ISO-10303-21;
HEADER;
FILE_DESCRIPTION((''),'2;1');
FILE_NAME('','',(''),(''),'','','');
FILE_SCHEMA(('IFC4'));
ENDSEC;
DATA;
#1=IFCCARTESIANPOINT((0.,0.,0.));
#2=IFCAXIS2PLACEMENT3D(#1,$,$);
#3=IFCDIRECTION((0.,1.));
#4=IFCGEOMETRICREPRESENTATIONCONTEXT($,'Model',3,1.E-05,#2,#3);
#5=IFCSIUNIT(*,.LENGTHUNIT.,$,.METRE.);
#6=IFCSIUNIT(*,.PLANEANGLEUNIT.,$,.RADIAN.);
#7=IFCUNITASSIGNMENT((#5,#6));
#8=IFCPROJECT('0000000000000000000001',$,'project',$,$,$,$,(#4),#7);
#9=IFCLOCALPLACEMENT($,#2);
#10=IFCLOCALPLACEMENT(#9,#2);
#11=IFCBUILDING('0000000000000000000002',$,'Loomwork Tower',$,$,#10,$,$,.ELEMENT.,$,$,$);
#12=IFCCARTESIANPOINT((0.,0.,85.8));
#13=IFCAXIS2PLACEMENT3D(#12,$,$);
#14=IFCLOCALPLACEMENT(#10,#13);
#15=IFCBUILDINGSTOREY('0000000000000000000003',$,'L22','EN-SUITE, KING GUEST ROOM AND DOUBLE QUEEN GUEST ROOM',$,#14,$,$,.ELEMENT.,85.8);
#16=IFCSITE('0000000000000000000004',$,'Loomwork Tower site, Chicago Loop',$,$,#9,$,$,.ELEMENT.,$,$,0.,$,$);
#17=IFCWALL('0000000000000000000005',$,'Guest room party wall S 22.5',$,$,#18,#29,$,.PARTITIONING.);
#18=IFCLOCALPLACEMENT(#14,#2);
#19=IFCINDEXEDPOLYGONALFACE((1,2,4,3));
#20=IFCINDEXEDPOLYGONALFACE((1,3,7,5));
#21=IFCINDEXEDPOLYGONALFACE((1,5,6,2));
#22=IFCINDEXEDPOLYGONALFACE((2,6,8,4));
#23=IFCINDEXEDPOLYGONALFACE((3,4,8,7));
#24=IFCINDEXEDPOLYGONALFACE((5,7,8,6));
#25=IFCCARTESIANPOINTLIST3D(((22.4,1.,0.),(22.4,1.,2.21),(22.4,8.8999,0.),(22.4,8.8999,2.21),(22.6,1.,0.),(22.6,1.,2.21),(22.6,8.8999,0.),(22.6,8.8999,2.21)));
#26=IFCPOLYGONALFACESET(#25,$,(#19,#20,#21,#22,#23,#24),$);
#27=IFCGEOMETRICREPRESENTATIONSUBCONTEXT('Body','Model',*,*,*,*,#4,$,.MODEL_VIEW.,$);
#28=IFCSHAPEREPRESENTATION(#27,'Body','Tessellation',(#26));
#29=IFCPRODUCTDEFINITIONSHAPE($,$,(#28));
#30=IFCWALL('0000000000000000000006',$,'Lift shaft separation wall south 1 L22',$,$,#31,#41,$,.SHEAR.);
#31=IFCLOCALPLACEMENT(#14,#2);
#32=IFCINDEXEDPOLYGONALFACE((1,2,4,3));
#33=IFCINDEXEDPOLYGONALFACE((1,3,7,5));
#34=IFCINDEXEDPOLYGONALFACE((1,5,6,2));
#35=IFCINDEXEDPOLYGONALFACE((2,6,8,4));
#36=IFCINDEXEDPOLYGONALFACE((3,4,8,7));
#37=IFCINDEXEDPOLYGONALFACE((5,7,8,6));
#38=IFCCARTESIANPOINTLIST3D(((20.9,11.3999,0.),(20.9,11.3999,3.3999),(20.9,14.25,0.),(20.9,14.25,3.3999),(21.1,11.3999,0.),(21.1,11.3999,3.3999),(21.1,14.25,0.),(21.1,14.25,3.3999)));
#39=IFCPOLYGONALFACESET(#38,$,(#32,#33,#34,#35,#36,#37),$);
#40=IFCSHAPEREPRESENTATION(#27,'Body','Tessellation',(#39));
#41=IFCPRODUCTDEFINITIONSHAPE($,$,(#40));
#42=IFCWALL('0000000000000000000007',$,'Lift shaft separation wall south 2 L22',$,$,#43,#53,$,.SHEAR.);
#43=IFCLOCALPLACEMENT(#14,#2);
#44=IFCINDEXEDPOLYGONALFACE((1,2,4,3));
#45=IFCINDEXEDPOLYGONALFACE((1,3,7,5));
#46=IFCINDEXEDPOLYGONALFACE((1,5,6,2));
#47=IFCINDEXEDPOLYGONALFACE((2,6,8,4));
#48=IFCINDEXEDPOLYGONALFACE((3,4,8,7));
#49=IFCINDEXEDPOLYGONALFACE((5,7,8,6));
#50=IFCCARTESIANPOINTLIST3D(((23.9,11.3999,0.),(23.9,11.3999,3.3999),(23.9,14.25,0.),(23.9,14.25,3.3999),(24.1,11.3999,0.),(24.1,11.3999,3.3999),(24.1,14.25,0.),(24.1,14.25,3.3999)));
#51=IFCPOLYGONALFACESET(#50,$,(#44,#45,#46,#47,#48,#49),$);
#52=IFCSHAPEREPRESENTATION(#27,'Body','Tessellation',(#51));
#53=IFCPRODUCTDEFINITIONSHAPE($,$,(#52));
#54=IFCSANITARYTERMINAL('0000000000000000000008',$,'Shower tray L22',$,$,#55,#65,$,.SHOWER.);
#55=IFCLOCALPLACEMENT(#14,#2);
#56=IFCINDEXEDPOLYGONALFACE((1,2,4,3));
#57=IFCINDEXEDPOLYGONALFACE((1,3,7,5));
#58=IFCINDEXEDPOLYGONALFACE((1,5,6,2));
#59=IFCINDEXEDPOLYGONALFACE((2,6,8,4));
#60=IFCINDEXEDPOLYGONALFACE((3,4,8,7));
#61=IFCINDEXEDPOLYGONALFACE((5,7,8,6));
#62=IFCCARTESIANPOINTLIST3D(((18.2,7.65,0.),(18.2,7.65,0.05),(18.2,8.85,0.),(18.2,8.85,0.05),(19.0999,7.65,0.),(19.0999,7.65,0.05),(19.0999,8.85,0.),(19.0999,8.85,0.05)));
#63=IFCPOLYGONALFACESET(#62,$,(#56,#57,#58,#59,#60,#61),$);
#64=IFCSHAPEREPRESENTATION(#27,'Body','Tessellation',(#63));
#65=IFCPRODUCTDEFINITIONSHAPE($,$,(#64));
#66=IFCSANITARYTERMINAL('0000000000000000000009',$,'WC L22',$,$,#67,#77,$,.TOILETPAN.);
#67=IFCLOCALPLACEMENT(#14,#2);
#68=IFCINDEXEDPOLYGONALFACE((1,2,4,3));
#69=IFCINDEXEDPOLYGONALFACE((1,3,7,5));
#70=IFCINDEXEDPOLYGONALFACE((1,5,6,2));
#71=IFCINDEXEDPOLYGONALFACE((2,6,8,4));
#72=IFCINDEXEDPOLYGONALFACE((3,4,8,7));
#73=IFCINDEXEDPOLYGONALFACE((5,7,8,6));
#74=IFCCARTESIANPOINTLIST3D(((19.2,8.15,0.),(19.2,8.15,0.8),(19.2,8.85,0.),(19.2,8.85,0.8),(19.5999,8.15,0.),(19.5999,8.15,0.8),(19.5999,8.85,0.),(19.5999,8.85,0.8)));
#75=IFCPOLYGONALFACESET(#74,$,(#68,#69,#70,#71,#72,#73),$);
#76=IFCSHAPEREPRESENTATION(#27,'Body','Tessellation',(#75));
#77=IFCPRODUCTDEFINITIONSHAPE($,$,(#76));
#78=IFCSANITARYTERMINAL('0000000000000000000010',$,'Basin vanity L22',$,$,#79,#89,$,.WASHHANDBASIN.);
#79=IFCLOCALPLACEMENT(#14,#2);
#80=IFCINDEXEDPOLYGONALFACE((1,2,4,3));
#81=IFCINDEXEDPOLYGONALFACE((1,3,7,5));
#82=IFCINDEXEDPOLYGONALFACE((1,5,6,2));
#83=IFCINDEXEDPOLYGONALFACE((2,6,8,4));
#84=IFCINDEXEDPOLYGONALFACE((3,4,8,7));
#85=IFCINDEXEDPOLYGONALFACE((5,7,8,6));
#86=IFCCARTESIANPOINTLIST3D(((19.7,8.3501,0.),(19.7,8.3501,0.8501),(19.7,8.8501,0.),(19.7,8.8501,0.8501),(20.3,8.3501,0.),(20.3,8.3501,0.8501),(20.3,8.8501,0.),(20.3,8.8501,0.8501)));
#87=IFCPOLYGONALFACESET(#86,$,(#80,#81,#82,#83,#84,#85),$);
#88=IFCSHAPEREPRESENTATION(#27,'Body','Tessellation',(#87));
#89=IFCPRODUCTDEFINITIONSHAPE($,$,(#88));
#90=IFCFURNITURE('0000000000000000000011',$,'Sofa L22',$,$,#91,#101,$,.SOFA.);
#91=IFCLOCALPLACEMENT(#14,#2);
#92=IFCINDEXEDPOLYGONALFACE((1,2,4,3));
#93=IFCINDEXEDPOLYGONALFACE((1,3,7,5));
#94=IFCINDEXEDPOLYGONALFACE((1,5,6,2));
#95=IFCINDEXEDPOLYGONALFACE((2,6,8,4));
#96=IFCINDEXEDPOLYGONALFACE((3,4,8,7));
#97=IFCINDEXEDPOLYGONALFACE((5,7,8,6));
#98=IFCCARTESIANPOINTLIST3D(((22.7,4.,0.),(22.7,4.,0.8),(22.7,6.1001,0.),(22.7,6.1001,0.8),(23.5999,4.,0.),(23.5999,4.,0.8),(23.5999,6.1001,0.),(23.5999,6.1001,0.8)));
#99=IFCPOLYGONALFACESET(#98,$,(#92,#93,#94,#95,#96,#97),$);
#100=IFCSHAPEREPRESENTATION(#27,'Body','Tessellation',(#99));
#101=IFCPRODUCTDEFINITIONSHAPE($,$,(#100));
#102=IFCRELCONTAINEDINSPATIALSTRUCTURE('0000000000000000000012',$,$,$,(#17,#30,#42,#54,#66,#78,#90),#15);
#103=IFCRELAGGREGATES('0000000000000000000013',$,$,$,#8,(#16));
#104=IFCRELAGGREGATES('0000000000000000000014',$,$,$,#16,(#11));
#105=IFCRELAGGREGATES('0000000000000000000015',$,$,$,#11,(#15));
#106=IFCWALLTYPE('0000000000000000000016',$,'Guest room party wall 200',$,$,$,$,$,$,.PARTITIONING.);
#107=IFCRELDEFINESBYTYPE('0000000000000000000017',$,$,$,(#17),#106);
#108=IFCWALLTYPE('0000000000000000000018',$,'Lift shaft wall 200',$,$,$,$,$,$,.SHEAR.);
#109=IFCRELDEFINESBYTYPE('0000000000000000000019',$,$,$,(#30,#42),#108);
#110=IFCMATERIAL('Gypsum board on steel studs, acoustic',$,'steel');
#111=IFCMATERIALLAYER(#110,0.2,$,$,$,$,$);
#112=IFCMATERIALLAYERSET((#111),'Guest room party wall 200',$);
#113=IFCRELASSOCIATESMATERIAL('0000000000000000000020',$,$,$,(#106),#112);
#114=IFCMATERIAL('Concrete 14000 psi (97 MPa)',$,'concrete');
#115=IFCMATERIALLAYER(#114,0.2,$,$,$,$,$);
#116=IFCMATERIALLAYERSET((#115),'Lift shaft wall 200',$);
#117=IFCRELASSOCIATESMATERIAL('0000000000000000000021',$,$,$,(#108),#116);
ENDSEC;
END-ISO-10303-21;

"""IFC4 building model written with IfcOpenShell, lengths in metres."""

from ifc_helpers import new_model, si_unit, direction, frame, frame_2d, origin, origin_2d, place, context, subcontext, project, spatial, rectangle, extrude, material, layer, layer_set, type_object, element, save


model = new_model("IFC4")

# Units and contexts
model_context = context("Model", 3, precision=1e-05, world=origin(), true_north=direction((0.0, 1.0)))
body_context = subcontext(model_context, "Body", "Model", "MODEL_VIEW")
ifc_project = project(units=[si_unit("LENGTHUNIT", "METRE"), si_unit("PLANEANGLEUNIT", "RADIAN")], contexts=[model_context])

# Site, building, storey
site_placement = place(None, origin())
site = spatial("IfcSite", under=ifc_project, at=site_placement, Name="Loomwork Tower site, Chicago Loop", CompositionType="ELEMENT", RefElevation=0.0)
building_placement = place(site_placement, origin())
building = spatial("IfcBuilding", under=site, at=building_placement, Name="Loomwork Tower", CompositionType="ELEMENT")
storey_placement = place(building_placement, frame((0.0, 0.0, 85.8)))
storey = spatial("IfcBuildingStorey", under=building, at=storey_placement, Name="L22", Description="EN-SUITE, KING GUEST ROOM AND DOUBLE QUEEN GUEST ROOM", CompositionType="ELEMENT", Elevation=85.8)

# Walls
ifc_material_1 = material(Name="Gypsum board on steel studs, acoustic", Category="steel")
ifc_layer_1 = layer(ifc_material_1, 0.2)
ifc_layer_set_1 = layer_set([ifc_layer_1], Name="Guest room party wall 200")
wall_type_1 = type_object("IfcWallType", Name="Guest room party wall 200", PredefinedType="PARTITIONING", material=ifc_layer_set_1)
wall_1_placement = place(storey_placement, frame((22.5, 8.8999, 0.0), z_axis=(0.0, 0.0, 1.0), x_axis=(0.0, -1.0, 0.0)))
element("IfcWall", 1, at=wall_1_placement, inside=storey, type_object=wall_type_1, Name="Guest room party wall S 22.5", PredefinedType="PARTITIONING", context=body_context, shape_type="SweptSolid", body=[
    extrude(rectangle(XDim=7.8999, YDim=0.2, at=frame_2d((3.95, 0.0))), origin(), (0.0, 0.0, 1.0), 2.21),
])
ifc_material_2 = material(Name="Concrete 14000 psi (97 MPa)", Category="concrete")
ifc_layer_2 = layer(ifc_material_2, 0.2)
ifc_layer_set_2 = layer_set([ifc_layer_2], Name="Lift shaft wall 200")
wall_type_2 = type_object("IfcWallType", Name="Lift shaft wall 200", PredefinedType="SHEAR", material=ifc_layer_set_2)
for number, where, z_axis, x_axis, name in (
    (2, (21.0, 11.3999, 0.0), (0.0, 0.0, 1.0), (0.0, 1.0, 0.0), "Lift shaft separation wall south 1 L22"),
    (3, (24.0, 11.3999, 0.0), (0.0, 0.0, 1.0), (0.0, 1.0, 0.0), "Lift shaft separation wall south 2 L22"),
):
    element("IfcWall", number, at=place(storey_placement, frame(where, z_axis=z_axis, x_axis=x_axis)), inside=storey, type_object=wall_type_2, Name=name, PredefinedType="SHEAR", context=body_context, shape_type="SweptSolid", body=[
        extrude(rectangle(XDim=2.8501, YDim=0.2, at=frame_2d((1.425, 0.0))), origin(), (0.0, 0.0, 1.0), 3.3999),
    ])

# Sanitary terminals
sanitary_terminal_1_placement = place(storey_placement, frame((18.6499, 8.25, 0.0), z_axis=(0.0, 0.0, 1.0), x_axis=(1.0, 0.0, 0.0)))
element("IfcSanitaryTerminal", 4, at=sanitary_terminal_1_placement, inside=storey, Name="Shower tray L22", PredefinedType="SHOWER", context=body_context, shape_type="SweptSolid", body=[
    extrude(rectangle(XDim=0.8999, YDim=1.2, at=origin_2d()), origin(), (0.0, 0.0, 1.0), 0.05),
])
sanitary_terminal_2_placement = place(storey_placement, frame((19.3999, 8.5, 0.0), z_axis=(0.0, 0.0, 1.0), x_axis=(1.0, 0.0, 0.0)))
element("IfcSanitaryTerminal", 5, at=sanitary_terminal_2_placement, inside=storey, Name="WC L22", PredefinedType="TOILETPAN", context=body_context, shape_type="SweptSolid", body=[
    extrude(rectangle(XDim=0.3999, YDim=0.7, at=origin_2d()), origin(), (0.0, 0.0, 1.0), 0.8),
])
sanitary_terminal_3_placement = place(storey_placement, frame((20.0, 8.6001, 0.0), z_axis=(0.0, 0.0, 1.0), x_axis=(1.0, 0.0, 0.0)))
element("IfcSanitaryTerminal", 6, at=sanitary_terminal_3_placement, inside=storey, Name="Basin vanity L22", PredefinedType="WASHHANDBASIN", context=body_context, shape_type="SweptSolid", body=[
    extrude(rectangle(XDim=0.6001, YDim=0.5, at=origin_2d()), origin(), (0.0, 0.0, 1.0), 0.8501),
])

# Furniture
furniture_placement = place(storey_placement, frame((23.1499, 5.05, 0.0), z_axis=(0.0, 0.0, 1.0), x_axis=(1.0, 0.0, 0.0)))
element("IfcFurniture", 7, at=furniture_placement, inside=storey, Name="Sofa L22", PredefinedType="SOFA", context=body_context, shape_type="SweptSolid", body=[
    extrude(rectangle(XDim=0.8999, YDim=2.1001, at=origin_2d()), origin(), (0.0, 0.0, 1.0), 0.8),
])

save(model, "model.ifc")
